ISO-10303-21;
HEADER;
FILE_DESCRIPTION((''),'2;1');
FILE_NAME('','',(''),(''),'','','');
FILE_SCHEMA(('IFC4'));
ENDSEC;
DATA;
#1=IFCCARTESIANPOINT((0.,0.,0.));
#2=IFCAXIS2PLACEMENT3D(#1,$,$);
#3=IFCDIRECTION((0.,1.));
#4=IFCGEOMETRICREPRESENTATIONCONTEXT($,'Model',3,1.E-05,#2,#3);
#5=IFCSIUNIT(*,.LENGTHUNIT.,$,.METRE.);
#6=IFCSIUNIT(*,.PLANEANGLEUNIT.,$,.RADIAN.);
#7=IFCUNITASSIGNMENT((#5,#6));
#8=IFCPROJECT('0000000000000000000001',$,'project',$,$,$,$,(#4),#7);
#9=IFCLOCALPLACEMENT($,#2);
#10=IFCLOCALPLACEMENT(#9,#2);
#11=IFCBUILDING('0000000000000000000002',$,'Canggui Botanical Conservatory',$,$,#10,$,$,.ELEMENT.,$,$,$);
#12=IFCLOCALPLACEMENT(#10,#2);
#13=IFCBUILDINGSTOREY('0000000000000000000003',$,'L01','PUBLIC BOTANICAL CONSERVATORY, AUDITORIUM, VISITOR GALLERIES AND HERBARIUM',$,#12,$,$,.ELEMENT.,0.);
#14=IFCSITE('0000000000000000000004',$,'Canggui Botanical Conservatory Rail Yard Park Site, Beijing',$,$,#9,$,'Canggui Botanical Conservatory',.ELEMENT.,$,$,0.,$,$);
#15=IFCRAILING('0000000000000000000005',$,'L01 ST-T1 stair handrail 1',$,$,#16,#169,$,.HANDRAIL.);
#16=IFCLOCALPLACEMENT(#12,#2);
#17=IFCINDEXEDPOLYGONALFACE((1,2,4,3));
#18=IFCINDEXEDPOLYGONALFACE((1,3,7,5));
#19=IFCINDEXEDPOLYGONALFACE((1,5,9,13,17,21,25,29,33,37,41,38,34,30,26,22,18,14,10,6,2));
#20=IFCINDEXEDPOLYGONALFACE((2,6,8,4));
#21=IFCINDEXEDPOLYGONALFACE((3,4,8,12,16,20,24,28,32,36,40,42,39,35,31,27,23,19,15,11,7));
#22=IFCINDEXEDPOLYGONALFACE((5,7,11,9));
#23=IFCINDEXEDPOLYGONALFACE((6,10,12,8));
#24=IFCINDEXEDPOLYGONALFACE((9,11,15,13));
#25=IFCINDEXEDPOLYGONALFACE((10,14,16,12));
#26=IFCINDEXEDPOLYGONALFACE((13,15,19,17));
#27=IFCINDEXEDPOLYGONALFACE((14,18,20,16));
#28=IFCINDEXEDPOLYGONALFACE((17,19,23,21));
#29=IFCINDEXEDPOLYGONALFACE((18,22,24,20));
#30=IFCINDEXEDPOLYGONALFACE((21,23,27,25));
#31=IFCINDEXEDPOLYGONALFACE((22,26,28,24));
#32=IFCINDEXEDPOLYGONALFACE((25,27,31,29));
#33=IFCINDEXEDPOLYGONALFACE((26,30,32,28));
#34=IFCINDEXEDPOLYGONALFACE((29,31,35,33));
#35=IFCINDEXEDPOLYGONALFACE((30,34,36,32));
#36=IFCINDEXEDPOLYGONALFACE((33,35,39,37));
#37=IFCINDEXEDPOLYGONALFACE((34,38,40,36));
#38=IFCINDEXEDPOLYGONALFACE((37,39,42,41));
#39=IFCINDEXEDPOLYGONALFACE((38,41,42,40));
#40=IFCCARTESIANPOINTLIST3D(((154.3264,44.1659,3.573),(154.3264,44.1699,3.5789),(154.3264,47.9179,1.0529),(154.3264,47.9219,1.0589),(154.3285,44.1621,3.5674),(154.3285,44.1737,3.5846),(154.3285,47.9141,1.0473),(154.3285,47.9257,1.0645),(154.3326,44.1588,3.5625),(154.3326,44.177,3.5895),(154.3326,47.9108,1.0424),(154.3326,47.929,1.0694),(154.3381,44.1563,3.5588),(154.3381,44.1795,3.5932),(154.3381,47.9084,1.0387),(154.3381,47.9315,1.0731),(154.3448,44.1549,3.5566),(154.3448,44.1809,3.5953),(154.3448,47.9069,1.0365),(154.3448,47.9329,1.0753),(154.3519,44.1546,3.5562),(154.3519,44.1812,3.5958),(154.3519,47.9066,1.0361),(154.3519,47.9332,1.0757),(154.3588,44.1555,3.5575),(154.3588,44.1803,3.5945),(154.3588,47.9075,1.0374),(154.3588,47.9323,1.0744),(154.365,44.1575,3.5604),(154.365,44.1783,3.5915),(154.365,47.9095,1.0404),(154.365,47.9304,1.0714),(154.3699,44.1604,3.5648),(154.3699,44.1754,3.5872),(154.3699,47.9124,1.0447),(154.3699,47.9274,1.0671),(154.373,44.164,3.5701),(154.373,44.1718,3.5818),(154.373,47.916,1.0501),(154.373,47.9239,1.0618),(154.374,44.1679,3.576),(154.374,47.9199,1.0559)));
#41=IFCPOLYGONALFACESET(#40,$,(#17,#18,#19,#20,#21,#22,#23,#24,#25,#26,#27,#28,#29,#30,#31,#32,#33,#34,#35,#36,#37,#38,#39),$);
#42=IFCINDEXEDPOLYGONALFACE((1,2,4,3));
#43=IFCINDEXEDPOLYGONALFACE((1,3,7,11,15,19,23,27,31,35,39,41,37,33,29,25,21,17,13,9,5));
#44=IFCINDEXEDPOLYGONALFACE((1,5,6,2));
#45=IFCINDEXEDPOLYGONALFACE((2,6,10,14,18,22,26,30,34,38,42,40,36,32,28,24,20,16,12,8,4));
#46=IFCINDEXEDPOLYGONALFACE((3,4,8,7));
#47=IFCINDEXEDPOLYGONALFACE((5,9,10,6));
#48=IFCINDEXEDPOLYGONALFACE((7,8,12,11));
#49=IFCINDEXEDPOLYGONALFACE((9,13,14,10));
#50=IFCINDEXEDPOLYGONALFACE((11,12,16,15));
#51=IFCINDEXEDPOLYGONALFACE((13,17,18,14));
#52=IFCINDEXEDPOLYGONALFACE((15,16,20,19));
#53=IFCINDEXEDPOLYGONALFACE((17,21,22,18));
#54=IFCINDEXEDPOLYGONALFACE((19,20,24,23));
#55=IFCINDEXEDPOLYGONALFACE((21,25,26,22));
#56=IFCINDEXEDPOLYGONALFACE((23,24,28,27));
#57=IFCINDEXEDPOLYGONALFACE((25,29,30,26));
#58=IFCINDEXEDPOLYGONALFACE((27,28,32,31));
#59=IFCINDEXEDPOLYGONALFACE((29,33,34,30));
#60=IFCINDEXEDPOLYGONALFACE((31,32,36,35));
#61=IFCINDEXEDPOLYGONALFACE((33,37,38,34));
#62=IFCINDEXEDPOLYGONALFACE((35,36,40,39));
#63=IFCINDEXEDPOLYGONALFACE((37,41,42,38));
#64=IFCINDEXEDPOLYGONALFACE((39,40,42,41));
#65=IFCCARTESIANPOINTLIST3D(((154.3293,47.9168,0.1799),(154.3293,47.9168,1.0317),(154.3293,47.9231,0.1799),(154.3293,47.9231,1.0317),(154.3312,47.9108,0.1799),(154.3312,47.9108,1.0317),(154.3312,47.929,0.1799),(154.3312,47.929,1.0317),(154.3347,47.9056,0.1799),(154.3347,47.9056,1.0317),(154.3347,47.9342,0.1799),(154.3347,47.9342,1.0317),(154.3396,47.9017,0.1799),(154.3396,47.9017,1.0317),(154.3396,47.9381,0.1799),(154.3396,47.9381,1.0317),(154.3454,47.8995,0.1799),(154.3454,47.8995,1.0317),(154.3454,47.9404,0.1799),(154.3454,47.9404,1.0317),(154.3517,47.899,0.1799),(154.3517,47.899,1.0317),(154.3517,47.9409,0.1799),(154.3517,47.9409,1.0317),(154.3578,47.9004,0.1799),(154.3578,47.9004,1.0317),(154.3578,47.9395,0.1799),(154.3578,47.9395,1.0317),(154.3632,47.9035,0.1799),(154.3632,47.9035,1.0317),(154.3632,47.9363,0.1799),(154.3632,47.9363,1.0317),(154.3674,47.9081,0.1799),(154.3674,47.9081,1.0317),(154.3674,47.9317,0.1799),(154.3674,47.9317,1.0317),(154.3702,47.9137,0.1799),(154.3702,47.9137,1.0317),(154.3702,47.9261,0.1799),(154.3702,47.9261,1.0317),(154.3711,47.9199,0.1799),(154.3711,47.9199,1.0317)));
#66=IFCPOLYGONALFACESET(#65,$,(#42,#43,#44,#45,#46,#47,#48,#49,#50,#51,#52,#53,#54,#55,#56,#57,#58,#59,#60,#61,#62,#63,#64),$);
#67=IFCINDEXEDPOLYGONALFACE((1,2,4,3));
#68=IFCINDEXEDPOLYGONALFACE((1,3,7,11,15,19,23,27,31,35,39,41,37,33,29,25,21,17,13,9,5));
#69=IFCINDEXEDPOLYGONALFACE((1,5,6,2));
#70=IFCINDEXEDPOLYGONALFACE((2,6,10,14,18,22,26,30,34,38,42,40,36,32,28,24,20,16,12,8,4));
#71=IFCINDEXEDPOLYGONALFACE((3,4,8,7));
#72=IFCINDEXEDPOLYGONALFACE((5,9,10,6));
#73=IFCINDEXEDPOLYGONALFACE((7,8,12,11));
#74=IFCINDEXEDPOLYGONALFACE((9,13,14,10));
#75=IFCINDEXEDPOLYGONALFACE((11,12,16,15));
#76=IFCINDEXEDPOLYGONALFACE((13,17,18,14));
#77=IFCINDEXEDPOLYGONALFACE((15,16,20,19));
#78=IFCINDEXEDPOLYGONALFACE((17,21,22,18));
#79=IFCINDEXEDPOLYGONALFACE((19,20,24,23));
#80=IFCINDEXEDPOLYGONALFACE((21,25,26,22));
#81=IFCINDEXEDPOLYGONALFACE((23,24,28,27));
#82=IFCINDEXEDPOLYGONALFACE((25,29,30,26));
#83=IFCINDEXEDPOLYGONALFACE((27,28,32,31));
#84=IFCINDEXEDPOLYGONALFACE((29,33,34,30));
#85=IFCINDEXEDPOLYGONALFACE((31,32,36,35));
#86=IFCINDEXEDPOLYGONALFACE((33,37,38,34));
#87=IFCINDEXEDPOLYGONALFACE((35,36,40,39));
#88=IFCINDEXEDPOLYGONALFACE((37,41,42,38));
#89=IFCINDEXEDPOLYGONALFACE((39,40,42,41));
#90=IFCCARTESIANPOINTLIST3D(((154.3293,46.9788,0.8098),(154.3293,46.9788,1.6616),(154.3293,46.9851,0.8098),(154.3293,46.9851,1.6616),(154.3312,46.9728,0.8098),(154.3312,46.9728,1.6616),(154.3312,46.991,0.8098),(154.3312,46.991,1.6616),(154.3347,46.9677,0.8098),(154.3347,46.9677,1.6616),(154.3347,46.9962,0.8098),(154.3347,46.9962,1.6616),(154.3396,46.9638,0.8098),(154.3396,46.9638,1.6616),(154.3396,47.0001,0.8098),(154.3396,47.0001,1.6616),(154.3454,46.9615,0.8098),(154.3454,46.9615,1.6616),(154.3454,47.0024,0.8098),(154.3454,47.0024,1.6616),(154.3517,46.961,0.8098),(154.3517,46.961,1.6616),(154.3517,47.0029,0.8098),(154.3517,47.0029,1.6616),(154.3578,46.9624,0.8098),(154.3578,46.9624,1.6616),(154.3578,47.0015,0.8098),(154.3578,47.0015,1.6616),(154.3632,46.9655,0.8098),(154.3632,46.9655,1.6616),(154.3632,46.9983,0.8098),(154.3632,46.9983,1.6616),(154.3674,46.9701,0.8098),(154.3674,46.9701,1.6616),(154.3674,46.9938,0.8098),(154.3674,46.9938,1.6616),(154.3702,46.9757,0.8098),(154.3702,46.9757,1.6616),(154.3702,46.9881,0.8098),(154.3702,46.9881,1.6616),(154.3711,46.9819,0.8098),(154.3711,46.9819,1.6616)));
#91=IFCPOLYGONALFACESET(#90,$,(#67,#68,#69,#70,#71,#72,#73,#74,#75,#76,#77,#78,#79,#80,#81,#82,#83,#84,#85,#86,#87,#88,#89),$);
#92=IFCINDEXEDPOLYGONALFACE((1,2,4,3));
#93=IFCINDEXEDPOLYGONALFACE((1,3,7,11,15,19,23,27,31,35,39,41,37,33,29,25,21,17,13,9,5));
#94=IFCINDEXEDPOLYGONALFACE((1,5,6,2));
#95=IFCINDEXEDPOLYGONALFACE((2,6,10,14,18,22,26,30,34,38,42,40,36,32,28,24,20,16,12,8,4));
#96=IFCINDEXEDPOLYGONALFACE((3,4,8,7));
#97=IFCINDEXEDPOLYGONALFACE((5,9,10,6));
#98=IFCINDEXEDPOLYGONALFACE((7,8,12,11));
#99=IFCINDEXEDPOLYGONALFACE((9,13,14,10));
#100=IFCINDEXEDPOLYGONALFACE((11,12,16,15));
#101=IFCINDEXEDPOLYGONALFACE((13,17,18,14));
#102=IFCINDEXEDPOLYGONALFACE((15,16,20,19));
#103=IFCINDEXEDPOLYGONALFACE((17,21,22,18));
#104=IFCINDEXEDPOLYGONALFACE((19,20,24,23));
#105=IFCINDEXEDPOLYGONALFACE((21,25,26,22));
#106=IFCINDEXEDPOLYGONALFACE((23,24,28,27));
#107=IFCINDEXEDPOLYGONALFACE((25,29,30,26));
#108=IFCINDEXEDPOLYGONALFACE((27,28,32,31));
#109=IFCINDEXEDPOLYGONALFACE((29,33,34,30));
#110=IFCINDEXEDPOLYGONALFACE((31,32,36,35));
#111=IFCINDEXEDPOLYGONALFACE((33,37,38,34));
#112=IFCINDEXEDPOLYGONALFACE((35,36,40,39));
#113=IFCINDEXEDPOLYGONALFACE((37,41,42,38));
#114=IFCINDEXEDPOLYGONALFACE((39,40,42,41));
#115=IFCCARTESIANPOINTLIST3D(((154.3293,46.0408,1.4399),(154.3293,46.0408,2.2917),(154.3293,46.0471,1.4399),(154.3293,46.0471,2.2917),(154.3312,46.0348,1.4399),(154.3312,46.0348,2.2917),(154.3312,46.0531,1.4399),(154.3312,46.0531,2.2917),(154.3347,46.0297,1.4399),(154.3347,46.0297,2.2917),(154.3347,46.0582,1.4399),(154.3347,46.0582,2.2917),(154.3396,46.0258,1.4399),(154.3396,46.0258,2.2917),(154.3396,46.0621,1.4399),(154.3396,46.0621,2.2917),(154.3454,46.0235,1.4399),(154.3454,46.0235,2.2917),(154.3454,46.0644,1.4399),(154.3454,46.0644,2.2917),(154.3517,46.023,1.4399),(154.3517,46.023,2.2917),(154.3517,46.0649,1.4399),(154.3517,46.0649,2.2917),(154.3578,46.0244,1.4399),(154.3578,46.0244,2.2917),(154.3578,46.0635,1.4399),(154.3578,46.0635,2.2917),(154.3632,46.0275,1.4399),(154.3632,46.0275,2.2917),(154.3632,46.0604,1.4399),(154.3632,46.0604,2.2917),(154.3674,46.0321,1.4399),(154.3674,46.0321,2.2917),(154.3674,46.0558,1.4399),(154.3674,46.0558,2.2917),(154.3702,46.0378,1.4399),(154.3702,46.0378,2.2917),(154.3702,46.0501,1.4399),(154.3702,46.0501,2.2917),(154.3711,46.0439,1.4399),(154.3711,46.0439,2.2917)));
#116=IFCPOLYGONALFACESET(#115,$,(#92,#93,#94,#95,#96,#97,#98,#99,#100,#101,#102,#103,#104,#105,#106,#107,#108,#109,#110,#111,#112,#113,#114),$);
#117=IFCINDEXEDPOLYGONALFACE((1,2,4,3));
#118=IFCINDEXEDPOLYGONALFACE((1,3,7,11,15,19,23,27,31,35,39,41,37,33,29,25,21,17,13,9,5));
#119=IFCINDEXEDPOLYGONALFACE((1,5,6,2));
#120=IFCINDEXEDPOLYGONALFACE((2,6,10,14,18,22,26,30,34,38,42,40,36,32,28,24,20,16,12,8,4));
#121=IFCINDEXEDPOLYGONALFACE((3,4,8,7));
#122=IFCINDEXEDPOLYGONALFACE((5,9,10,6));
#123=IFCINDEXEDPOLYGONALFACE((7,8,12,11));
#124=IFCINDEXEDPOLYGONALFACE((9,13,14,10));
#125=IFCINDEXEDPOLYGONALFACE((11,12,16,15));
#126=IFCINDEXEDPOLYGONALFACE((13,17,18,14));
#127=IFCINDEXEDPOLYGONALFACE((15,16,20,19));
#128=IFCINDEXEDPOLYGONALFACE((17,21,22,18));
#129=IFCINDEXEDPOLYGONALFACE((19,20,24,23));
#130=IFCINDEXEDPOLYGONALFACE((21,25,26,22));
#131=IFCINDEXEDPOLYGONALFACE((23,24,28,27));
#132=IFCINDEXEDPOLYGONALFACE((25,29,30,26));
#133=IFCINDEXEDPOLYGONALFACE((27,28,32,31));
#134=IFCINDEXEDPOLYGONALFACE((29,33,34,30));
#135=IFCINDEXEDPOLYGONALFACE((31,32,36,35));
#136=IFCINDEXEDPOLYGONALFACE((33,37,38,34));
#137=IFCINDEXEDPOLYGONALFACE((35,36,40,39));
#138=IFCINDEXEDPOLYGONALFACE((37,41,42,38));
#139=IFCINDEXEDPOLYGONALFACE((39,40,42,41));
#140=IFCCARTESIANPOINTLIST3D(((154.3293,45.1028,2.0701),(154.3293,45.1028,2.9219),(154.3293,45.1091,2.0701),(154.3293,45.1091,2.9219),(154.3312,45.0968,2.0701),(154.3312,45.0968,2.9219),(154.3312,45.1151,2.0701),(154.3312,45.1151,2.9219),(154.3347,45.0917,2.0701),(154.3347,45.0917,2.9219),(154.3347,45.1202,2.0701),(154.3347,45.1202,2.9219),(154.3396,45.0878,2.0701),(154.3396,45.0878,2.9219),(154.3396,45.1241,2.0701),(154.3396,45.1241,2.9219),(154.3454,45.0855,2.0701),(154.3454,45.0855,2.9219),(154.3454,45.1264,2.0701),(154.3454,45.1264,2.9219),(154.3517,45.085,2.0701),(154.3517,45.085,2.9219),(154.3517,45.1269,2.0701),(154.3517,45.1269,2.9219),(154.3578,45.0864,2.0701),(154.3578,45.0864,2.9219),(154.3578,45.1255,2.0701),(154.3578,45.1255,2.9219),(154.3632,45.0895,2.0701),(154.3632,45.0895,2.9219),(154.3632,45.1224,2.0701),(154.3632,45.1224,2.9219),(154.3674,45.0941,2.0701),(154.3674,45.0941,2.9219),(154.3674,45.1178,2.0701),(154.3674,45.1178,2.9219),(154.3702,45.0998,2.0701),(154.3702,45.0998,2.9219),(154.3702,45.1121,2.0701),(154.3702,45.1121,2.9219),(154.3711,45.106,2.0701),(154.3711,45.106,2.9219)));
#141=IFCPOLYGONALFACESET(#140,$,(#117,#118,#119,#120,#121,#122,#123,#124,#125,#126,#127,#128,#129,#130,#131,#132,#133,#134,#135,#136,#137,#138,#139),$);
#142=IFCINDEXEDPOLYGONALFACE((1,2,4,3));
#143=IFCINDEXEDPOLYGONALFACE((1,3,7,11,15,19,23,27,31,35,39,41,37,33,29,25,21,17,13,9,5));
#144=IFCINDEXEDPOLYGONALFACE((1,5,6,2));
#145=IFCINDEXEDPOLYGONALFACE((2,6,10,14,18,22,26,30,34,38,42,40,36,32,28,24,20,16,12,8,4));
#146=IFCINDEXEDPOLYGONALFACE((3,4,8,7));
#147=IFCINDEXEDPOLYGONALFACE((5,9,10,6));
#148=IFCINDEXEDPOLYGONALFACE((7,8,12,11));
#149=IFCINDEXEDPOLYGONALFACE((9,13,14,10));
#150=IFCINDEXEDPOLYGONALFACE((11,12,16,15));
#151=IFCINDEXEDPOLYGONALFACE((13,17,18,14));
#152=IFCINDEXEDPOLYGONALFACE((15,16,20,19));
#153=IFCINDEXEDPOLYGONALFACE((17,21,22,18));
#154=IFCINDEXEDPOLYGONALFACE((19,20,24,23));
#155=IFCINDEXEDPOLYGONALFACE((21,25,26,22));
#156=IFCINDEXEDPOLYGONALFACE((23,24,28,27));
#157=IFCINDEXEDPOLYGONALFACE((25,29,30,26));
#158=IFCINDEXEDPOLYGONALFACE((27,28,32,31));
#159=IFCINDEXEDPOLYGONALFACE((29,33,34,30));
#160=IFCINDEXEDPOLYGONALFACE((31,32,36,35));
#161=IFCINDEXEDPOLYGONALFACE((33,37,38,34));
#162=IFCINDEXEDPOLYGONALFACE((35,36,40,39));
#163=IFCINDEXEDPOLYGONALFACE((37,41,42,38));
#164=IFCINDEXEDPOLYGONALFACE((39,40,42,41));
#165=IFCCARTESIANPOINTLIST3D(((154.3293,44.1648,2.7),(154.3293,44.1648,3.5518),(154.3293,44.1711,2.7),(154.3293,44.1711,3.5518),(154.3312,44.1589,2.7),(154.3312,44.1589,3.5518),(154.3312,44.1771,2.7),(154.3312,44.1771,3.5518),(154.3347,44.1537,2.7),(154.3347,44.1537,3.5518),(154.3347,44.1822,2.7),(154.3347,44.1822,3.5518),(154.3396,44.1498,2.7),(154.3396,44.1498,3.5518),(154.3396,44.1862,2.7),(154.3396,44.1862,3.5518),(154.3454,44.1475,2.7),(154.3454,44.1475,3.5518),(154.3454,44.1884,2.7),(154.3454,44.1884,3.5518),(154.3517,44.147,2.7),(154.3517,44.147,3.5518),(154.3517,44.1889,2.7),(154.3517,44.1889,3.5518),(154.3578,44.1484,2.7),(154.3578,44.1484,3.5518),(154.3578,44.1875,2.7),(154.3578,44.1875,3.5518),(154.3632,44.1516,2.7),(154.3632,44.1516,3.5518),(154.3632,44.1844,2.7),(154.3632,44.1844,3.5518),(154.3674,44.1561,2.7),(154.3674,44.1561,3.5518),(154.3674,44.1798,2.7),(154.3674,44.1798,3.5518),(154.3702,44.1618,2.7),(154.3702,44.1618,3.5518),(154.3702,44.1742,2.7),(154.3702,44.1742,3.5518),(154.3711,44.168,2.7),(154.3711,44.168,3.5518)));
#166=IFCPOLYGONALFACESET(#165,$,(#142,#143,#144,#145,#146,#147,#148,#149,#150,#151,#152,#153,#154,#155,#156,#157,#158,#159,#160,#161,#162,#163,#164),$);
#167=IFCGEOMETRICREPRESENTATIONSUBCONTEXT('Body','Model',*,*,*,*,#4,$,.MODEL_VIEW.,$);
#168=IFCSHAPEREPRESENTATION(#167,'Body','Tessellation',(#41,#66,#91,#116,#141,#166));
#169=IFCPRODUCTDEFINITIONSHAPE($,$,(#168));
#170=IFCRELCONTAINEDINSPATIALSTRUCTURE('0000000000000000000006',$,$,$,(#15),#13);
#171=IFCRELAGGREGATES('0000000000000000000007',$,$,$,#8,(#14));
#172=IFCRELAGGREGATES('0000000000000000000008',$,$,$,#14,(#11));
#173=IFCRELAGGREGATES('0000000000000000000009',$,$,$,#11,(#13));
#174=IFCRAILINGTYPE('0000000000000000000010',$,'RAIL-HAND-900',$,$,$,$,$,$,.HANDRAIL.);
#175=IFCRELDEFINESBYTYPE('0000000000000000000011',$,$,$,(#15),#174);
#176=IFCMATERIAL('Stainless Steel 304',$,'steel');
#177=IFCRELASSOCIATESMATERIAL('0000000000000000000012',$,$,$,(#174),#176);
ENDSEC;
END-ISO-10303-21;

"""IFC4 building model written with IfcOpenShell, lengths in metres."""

from ifc_helpers import new_model, si_unit, direction, frame, origin, origin_2d, place, context, subcontext, project, spatial, circle, extrude, material, type_object, element, save


model = new_model("IFC4")

# Units and contexts
model_context = context("Model", 3, precision=1e-05, world=origin(), true_north=direction((0.0, 1.0)))
body_context = subcontext(model_context, "Body", "Model", "MODEL_VIEW")
ifc_project = project(units=[si_unit("LENGTHUNIT", "METRE"), si_unit("PLANEANGLEUNIT", "RADIAN")], contexts=[model_context])

# Site, building, storey
site_placement = place(None, origin())
site = spatial("IfcSite", under=ifc_project, at=site_placement, Name="Canggui Botanical Conservatory Rail Yard Park Site, Beijing", LongName="Canggui Botanical Conservatory", CompositionType="ELEMENT", RefElevation=0.0)
building_placement = place(site_placement, origin())
building = spatial("IfcBuilding", under=site, at=building_placement, Name="Canggui Botanical Conservatory", CompositionType="ELEMENT")
storey_placement = place(building_placement, origin())
storey = spatial("IfcBuildingStorey", under=building, at=storey_placement, Name="L01", Description="PUBLIC BOTANICAL CONSERVATORY, AUDITORIUM, VISITOR GALLERIES AND HERBARIUM", CompositionType="ELEMENT", Elevation=0.0)

# Railing
ifc_material_1 = material(Name="Stainless Steel 304", Category="steel")
railing_type_1 = type_object("IfcRailingType", Name="RAIL-HAND-900", PredefinedType="HANDRAIL", material=ifc_material_1)
railing_1_placement = place(storey_placement, frame((154.3501, 47.9199, 0.1799)))
element("IfcRailing", 1, at=railing_1_placement, inside=storey, type_object=railing_type_1, Name="L01 ST-T1 stair handrail 1", PredefinedType="HANDRAIL", context=body_context, shape_type="SweptSolid", body=[
    extrude(circle(Radius=0.0239, at=origin_2d()), frame((0.0, 0.0, 0.876), z_axis=(0.0, -0.830134, 0.557564), x_axis=(1.0, 0.0, 0.0)), (0.0, 0.0, 1.0), 4.5198),
    extrude(circle(Radius=0.021, at=origin_2d()), origin(), (0.0, 0.0, 1.0), 0.8518),
    extrude(circle(Radius=0.021, at=origin_2d()), frame((0.0, -0.938, 0.6299)), (0.0, 0.0, 1.0), 0.8518),
    extrude(circle(Radius=0.021, at=origin_2d()), frame((0.0, -1.876, 1.26)), (0.0, 0.0, 1.0), 0.8518),
    extrude(circle(Radius=0.021, at=origin_2d()), frame((0.0, -2.814, 1.8901)), (0.0, 0.0, 1.0), 0.8518),
    extrude(circle(Radius=0.021, at=origin_2d()), frame((0.0, -3.752, 2.52)), (0.0, 0.0, 1.0), 0.8518),
])

save(model, "model.ifc")
